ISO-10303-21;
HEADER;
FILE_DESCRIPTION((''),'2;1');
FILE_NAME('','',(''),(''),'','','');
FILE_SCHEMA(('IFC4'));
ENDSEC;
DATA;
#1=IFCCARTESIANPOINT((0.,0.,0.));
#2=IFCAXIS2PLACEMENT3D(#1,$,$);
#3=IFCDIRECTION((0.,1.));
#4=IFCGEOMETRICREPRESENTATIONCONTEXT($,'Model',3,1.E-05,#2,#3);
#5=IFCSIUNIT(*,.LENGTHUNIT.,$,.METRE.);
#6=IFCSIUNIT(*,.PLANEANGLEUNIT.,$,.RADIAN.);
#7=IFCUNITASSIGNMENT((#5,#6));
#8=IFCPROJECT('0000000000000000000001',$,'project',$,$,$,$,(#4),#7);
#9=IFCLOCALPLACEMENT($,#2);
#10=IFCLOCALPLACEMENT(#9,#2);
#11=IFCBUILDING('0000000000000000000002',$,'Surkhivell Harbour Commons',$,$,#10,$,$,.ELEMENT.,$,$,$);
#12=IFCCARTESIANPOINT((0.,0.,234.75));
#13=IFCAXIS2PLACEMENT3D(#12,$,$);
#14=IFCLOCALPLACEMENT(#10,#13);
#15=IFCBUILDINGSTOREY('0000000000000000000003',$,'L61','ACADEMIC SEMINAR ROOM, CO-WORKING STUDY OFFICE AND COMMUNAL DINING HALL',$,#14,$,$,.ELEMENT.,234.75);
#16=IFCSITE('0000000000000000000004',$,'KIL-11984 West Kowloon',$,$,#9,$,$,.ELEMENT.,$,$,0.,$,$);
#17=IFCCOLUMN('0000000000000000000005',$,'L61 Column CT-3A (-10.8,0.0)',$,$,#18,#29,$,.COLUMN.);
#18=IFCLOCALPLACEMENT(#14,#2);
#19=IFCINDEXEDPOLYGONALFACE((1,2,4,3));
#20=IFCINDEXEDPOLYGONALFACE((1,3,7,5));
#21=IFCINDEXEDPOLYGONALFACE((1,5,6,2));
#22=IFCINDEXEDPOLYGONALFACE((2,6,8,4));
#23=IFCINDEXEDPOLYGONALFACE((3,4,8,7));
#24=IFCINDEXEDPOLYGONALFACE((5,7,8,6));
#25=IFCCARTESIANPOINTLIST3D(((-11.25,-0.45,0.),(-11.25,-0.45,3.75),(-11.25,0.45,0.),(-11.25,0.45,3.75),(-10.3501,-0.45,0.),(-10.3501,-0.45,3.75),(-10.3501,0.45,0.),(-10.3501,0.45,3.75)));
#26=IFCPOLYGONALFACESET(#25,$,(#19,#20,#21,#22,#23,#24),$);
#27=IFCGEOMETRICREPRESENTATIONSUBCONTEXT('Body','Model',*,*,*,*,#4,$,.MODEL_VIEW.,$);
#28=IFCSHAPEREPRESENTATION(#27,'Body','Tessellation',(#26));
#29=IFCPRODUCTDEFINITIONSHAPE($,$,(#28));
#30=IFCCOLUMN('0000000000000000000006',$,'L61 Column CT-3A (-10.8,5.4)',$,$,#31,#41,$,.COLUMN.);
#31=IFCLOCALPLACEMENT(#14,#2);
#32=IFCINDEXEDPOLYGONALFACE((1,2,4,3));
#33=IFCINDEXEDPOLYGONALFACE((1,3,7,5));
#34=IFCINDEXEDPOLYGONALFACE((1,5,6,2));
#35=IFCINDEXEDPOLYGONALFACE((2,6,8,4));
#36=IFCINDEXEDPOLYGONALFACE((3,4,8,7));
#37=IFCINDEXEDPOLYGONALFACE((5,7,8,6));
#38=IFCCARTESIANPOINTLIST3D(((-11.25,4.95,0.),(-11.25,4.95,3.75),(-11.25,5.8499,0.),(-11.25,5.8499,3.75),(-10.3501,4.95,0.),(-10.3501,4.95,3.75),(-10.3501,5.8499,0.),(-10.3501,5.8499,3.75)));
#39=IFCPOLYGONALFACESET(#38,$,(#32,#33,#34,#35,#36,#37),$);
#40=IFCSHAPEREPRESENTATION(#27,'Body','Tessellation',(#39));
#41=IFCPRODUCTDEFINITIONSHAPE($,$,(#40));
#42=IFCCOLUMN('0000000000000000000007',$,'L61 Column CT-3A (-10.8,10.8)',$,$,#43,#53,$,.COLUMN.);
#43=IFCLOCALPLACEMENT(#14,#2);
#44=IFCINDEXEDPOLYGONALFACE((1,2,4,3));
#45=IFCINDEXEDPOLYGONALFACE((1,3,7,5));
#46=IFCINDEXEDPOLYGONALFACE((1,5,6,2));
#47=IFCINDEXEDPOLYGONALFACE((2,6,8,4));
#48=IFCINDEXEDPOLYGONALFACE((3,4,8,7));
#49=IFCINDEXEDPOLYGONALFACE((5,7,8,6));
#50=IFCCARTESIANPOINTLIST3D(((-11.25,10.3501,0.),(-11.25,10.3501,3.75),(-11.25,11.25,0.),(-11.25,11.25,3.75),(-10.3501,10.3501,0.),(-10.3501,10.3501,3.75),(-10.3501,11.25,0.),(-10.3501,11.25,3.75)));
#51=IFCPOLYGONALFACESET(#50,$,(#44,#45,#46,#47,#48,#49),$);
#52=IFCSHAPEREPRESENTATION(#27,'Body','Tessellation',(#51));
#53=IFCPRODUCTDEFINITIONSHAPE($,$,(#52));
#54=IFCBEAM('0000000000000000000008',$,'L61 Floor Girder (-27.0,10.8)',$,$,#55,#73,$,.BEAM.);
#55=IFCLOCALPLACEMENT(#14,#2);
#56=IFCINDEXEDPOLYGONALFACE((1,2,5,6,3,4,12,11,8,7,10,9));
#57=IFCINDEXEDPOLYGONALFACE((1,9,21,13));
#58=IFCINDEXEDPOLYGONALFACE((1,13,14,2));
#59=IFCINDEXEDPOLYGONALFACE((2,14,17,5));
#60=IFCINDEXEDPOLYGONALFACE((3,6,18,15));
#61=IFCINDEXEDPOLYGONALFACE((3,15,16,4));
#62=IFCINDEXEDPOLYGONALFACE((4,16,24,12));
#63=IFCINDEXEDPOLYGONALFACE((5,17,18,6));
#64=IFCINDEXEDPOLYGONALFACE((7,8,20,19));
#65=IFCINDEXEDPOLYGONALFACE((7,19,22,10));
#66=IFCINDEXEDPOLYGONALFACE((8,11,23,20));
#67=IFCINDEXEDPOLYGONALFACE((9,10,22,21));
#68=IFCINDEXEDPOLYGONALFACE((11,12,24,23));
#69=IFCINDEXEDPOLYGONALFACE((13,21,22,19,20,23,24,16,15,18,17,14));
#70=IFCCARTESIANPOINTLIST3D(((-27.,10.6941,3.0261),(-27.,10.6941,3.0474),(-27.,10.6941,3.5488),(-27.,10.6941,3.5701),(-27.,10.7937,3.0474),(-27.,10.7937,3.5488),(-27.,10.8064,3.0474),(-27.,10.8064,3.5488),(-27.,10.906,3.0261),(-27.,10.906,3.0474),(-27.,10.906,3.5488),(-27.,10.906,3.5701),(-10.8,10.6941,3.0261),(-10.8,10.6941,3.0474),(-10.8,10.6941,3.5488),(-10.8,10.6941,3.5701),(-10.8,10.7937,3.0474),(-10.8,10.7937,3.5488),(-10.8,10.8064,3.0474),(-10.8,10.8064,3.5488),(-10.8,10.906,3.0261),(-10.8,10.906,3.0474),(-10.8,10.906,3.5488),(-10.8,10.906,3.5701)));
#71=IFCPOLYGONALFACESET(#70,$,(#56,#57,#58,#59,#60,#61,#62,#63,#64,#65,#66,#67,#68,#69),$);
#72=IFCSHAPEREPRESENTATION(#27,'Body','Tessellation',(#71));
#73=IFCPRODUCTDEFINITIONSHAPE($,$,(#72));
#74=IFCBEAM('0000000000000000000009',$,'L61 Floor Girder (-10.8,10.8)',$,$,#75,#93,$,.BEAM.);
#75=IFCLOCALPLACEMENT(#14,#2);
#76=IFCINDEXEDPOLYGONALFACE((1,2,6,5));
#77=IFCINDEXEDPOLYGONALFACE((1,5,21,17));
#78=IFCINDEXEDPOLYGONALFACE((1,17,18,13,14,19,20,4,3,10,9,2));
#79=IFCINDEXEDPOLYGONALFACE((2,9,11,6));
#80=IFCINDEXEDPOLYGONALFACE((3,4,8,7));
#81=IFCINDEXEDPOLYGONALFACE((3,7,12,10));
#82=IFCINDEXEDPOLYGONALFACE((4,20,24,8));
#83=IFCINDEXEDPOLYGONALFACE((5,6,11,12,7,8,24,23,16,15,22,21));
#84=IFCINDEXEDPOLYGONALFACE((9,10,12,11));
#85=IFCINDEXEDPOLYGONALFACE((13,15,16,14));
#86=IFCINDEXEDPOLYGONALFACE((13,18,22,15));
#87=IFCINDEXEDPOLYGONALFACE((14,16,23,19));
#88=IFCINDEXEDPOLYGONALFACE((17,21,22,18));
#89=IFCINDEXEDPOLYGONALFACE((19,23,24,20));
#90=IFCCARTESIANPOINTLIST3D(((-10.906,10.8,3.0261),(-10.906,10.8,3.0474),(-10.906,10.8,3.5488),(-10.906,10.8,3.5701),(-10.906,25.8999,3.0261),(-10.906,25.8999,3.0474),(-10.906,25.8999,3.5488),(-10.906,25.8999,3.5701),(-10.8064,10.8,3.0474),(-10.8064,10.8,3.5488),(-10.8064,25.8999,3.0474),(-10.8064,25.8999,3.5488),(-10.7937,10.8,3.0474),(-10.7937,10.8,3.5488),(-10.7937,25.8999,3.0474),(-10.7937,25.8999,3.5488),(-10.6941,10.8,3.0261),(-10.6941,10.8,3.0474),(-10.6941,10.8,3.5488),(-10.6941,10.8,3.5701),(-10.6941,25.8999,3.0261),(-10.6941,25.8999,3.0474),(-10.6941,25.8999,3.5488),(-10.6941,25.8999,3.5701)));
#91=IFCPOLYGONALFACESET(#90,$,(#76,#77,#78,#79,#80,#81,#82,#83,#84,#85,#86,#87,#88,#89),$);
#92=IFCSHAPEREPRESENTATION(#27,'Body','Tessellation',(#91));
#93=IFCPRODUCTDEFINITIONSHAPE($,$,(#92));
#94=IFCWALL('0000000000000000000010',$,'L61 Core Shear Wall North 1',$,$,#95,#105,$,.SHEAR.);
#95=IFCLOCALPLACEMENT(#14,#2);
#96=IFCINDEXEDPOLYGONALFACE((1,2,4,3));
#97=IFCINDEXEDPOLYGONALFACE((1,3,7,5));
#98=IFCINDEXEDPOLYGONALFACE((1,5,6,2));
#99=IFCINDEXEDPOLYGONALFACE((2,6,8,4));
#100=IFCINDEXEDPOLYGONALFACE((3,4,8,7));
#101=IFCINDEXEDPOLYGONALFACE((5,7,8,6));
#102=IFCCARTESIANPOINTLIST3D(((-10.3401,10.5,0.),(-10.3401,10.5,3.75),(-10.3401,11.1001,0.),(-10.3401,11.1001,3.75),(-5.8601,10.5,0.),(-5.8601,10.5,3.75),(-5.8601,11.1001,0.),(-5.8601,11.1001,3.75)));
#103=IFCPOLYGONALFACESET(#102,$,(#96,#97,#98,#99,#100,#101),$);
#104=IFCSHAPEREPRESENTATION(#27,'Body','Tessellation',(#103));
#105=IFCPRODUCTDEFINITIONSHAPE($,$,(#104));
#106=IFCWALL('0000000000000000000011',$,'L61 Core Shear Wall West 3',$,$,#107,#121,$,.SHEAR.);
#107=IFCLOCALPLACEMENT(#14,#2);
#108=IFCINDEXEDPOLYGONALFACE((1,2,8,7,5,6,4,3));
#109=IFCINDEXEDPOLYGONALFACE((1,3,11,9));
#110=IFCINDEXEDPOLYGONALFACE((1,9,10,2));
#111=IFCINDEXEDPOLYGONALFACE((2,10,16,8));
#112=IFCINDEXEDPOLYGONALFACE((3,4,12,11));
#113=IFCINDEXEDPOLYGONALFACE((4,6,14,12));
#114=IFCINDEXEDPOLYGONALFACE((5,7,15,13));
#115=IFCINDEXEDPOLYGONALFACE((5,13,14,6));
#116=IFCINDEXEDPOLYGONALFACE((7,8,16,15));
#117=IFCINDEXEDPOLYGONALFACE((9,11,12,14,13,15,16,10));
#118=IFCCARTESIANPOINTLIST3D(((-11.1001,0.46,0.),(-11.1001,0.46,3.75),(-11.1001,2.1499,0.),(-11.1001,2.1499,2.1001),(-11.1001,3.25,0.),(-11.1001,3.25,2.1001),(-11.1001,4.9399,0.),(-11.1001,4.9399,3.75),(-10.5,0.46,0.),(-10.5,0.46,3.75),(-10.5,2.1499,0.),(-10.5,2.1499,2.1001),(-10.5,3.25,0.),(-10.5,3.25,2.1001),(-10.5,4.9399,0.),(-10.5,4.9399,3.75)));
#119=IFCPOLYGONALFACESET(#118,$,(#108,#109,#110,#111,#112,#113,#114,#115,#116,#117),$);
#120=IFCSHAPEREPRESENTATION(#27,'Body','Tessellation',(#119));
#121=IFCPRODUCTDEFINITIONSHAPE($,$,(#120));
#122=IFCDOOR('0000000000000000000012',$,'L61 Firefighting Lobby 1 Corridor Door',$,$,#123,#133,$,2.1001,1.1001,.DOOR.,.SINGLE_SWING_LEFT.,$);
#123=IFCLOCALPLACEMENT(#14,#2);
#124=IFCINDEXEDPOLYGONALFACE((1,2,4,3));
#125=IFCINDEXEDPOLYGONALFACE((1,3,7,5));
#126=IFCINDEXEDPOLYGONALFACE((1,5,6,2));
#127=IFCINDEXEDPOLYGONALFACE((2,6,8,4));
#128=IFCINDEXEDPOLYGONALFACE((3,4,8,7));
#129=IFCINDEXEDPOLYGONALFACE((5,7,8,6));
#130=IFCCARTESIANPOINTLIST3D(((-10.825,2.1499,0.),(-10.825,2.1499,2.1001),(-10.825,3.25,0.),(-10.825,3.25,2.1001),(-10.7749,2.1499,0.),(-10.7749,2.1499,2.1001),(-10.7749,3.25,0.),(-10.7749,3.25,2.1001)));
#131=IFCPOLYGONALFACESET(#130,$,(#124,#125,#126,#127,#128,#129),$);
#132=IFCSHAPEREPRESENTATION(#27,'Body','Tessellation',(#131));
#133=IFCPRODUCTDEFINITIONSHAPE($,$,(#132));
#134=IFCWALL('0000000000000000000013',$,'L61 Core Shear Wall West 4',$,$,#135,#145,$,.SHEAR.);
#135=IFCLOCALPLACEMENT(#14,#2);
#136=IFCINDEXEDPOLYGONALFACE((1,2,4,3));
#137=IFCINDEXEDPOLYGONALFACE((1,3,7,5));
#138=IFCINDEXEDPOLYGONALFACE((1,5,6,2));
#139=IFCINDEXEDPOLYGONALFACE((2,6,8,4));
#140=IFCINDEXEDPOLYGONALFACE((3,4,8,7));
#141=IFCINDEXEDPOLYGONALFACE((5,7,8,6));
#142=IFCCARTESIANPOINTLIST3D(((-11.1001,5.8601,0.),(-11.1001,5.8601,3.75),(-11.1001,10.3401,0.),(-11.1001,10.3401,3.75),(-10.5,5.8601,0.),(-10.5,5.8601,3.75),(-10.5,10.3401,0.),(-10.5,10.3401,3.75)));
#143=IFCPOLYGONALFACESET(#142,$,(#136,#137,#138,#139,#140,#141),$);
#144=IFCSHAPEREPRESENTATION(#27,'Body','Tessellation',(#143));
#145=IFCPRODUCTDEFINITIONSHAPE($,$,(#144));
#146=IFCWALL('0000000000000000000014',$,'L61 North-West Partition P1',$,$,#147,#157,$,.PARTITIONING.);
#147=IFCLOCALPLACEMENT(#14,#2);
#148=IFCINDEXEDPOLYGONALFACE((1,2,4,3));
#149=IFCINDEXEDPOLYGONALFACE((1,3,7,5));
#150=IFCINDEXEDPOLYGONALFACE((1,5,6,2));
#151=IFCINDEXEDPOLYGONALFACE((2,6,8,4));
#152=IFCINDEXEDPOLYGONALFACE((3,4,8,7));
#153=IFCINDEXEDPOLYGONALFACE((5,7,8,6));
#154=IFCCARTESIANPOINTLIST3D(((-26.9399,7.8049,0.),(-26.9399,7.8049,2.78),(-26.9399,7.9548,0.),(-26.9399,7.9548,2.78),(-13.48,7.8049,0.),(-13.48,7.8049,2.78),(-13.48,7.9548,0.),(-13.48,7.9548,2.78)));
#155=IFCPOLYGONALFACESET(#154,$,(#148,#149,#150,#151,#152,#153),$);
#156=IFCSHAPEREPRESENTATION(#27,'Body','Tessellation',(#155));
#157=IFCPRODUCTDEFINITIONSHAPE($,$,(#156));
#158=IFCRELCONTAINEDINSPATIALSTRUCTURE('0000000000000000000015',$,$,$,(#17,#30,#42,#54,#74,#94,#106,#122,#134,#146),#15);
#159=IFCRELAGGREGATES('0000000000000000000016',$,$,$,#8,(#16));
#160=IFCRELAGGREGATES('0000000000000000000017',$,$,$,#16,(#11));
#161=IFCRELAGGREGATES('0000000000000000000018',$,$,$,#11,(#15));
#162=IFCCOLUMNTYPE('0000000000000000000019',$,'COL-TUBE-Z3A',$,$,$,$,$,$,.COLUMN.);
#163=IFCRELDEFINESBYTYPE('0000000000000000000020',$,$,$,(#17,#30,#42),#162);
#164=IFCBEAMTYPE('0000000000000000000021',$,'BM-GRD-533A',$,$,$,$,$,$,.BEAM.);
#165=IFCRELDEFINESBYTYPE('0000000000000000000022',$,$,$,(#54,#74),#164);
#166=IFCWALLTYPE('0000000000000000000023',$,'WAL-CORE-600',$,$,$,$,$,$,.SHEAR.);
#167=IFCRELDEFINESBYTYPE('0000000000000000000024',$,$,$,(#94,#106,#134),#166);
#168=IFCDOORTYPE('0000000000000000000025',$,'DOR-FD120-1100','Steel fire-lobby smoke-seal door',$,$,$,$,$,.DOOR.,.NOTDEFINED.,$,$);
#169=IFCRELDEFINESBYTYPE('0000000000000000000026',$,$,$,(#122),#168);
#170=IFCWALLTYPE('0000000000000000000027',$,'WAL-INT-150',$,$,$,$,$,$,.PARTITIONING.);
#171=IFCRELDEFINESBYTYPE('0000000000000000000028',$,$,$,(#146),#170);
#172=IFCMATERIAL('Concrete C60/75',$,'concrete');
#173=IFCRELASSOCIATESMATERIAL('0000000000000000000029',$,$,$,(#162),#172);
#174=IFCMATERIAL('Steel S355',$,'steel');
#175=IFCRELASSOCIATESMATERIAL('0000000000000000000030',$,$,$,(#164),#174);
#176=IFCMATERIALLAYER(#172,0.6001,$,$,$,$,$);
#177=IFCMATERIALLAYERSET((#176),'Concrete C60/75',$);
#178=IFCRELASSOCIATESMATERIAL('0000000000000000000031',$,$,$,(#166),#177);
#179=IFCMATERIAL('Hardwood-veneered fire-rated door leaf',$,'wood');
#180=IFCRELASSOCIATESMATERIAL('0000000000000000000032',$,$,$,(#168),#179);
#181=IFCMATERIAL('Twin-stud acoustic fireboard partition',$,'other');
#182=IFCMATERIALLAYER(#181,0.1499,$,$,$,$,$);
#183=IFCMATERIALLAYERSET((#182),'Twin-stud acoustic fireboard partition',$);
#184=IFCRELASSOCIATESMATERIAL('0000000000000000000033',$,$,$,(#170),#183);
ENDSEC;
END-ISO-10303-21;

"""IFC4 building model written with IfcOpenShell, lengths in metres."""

from ifc_helpers import new_model, si_unit, direction, frame, frame_2d, origin, origin_2d, place, context, subcontext, project, spatial, rectangle, i_section, extrude, material, layer, layer_set, material_profile, profile_set, type_object, element, fill, save


model = new_model("IFC4")

# Units and contexts
model_context = context("Model", 3, precision=1e-05, world=origin(), true_north=direction((0.0, 1.0)))
body_context = subcontext(model_context, "Body", "Model", "MODEL_VIEW")
ifc_project = project(units=[si_unit("LENGTHUNIT", "METRE"), si_unit("PLANEANGLEUNIT", "RADIAN")], contexts=[model_context])

# Site, building, storey
site_placement = place(None, origin())
site = spatial("IfcSite", under=ifc_project, at=site_placement, Name="KIL-11984 West Kowloon", CompositionType="ELEMENT", RefElevation=0.0)
building_placement = place(site_placement, origin())
building = spatial("IfcBuilding", under=site, at=building_placement, Name="Surkhivell Harbour Commons", CompositionType="ELEMENT")
storey_placement = place(building_placement, frame((0.0, 0.0, 234.75)))
storey = spatial("IfcBuildingStorey", under=building, at=storey_placement, Name="L61", Description="ACADEMIC SEMINAR ROOM, CO-WORKING STUDY OFFICE AND COMMUNAL DINING HALL", CompositionType="ELEMENT", Elevation=234.75)

# Columns
ifc_material_1 = material(Name="Concrete C60/75", Category="concrete")
ifc_material_profile_1 = material_profile(ifc_material_1, rectangle(XDim=0.8999, YDim=0.8999, at=origin_2d()), Name="RC-COL-900x900")
ifc_profile_set_1 = profile_set([ifc_material_profile_1], Name="Concrete C60/75")
column_type = type_object("IfcColumnType", Name="COL-TUBE-Z3A", PredefinedType="COLUMN", material=ifc_profile_set_1)
for number, where, z_axis, x_axis, name in (
    (1, (-10.8, 0.0, 0.0), (0.0, 0.0, 1.0), (1.0, 0.0, 0.0), "L61 Column CT-3A (-10.8,0.0)"),
    (2, (-10.8, 5.3999, 0.0), (0.0, 0.0, 1.0), (1.0, 0.0, 0.0), "L61 Column CT-3A (-10.8,5.4)"),
    (3, (-10.8, 10.8, 0.0), (0.0, 0.0, 1.0), (1.0, 0.0, 0.0), "L61 Column CT-3A (-10.8,10.8)"),
):
    element("IfcColumn", number, at=place(storey_placement, frame(where, z_axis=z_axis, x_axis=x_axis)), inside=storey, type_object=column_type, Name=name, PredefinedType="COLUMN", context=body_context, shape_type="SweptSolid", body=[
        extrude(rectangle(XDim=0.8999, YDim=0.8999, at=origin_2d()), origin(), (0.0, 0.0, 1.0), 3.75),
    ])

# Beams
ifc_material_2 = material(Name="Steel S355", Category="steel")
ifc_material_profile_2 = material_profile(ifc_material_2, i_section(OverallWidth=0.2119, OverallDepth=0.5439, WebThickness=0.0127, FlangeThickness=0.0212, at=origin_2d()), Name="UB533x210x122")
ifc_profile_set_2 = profile_set([ifc_material_profile_2], Name="Steel S355")
beam_type = type_object("IfcBeamType", Name="BM-GRD-533A", PredefinedType="BEAM", material=ifc_profile_set_2)
beam_1_placement = place(storey_placement, frame((-27.0, 10.8, 3.2981), z_axis=(1.0, 0.0, 0.0), x_axis=(0.0, 1.0, 0.0)))
element("IfcBeam", 4, at=beam_1_placement, inside=storey, type_object=beam_type, Name="L61 Floor Girder (-27.0,10.8)", PredefinedType="BEAM", context=body_context, shape_type="SweptSolid", body=[
    extrude(i_section(OverallWidth=0.2119, OverallDepth=0.5439, WebThickness=0.0127, FlangeThickness=0.0212, at=origin_2d()), origin(), (0.0, 0.0, 1.0), 16.2),
])
beam_2_placement = place(storey_placement, frame((-10.8, 10.8, 3.2981), z_axis=(0.0, 1.0, 0.0), x_axis=(-1.0, 0.0, 0.0)))
element("IfcBeam", 5, at=beam_2_placement, inside=storey, type_object=beam_type, Name="L61 Floor Girder (-10.8,10.8)", PredefinedType="BEAM", context=body_context, shape_type="SweptSolid", body=[
    extrude(i_section(OverallWidth=0.2119, OverallDepth=0.5439, WebThickness=0.0127, FlangeThickness=0.0212, at=origin_2d()), origin(), (0.0, 0.0, 1.0), 15.0999),
])

# Wall
ifc_layer_1 = layer(ifc_material_1, 0.6001)
ifc_layer_set_1 = layer_set([ifc_layer_1], Name="Concrete C60/75")
wall_type_1 = type_object("IfcWallType", Name="WAL-CORE-600", PredefinedType="SHEAR", material=ifc_layer_set_1)
wall_1_placement = place(storey_placement, frame((-10.3401, 10.8, 0.0), z_axis=(0.0, 0.0, 1.0), x_axis=(1.0, 0.0, 0.0)))
element("IfcWall", 6, at=wall_1_placement, inside=storey, type_object=wall_type_1, Name="L61 Core Shear Wall North 1", PredefinedType="SHEAR", context=body_context, shape_type="SweptSolid", body=[
    extrude(rectangle(XDim=4.48, YDim=0.6001, at=frame_2d((2.24, 0.0))), origin(), (0.0, 0.0, 1.0), 3.75),
])

# Wall, opening, door
wall_2_placement = place(storey_placement, frame((-10.8, 0.46, 0.0), z_axis=(0.0, 0.0, 1.0), x_axis=(0.0, 1.0, 0.0)))
wall_2 = element("IfcWall", 7, at=wall_2_placement, inside=storey, type_object=wall_type_1, Name="L61 Core Shear Wall West 3", PredefinedType="SHEAR", context=body_context, shape_type="SweptSolid", body=[
    extrude(rectangle(XDim=4.48, YDim=0.6001, at=frame_2d((2.24, 0.0))), origin(), (0.0, 0.0, 1.0), 3.75),
])
opening_1_placement = place(wall_2_placement, frame((1.6899, 0.0, 0.0)))
opening_1 = element("IfcOpeningElement", 8, at=opening_1_placement, cuts=wall_2, PredefinedType="OPENING", context=body_context, shape_type="SweptSolid", body=[
    extrude(rectangle(XDim=1.1001, YDim=2.1001, at=frame_2d((0.55, 1.05))), frame((0.0, 0.3101, 0.0), z_axis=(0.0, -1.0, 0.0), x_axis=(1.0, 0.0, 0.0)), (0.0, 0.0, 1.0), 0.6201),
])
ifc_material_3 = material(Name="Hardwood-veneered fire-rated door leaf", Category="wood")
door_type_1 = type_object("IfcDoorType", Name="DOR-FD120-1100", Description="Steel fire-lobby smoke-seal door", OperationType="NOTDEFINED", PredefinedType="DOOR", material=ifc_material_3)
door_1_placement = place(opening_1_placement, origin())
door_1 = element("IfcDoor", 9, at=door_1_placement, inside=storey, type_object=door_type_1, Name="L61 Firefighting Lobby 1 Corridor Door", OperationType="SINGLE_SWING_LEFT", OverallHeight=2.1001, OverallWidth=1.1001, PredefinedType="DOOR", context=body_context, shape_type="SweptSolid", body=[
    extrude(rectangle(XDim=1.1001, YDim=2.1001, at=frame_2d((0.55, 1.05))), frame((0.0, 0.0249, 0.0), z_axis=(0.0, -1.0, 0.0), x_axis=(1.0, 0.0, 0.0)), (0.0, 0.0, 1.0), 0.05),
])
fill(opening_1, door_1)

# Walls
wall_3_placement = place(storey_placement, frame((-10.8, 5.8601, 0.0), z_axis=(0.0, 0.0, 1.0), x_axis=(0.0, 1.0, 0.0)))
element("IfcWall", 10, at=wall_3_placement, inside=storey, type_object=wall_type_1, Name="L61 Core Shear Wall West 4", PredefinedType="SHEAR", context=body_context, shape_type="SweptSolid", body=[
    extrude(rectangle(XDim=4.48, YDim=0.6001, at=frame_2d((2.24, 0.0))), origin(), (0.0, 0.0, 1.0), 3.75),
])
ifc_material_4 = material(Name="Twin-stud acoustic fireboard partition", Category="other")
ifc_layer_2 = layer(ifc_material_4, 0.1499)
ifc_layer_set_2 = layer_set([ifc_layer_2], Name="Twin-stud acoustic fireboard partition")
wall_type_2 = type_object("IfcWallType", Name="WAL-INT-150", PredefinedType="PARTITIONING", material=ifc_layer_set_2)
wall_4_placement = place(storey_placement, frame((-26.9399, 7.8799, 0.0), z_axis=(0.0, 0.0, 1.0), x_axis=(1.0, 0.0, 0.0)))
element("IfcWall", 11, at=wall_4_placement, inside=storey, type_object=wall_type_2, Name="L61 North-West Partition P1", PredefinedType="PARTITIONING", context=body_context, shape_type="SweptSolid", body=[
    extrude(rectangle(XDim=13.46, YDim=0.1499, at=frame_2d((6.73, 0.0))), origin(), (0.0, 0.0, 1.0), 2.78),
])

save(model, "model.ifc")
